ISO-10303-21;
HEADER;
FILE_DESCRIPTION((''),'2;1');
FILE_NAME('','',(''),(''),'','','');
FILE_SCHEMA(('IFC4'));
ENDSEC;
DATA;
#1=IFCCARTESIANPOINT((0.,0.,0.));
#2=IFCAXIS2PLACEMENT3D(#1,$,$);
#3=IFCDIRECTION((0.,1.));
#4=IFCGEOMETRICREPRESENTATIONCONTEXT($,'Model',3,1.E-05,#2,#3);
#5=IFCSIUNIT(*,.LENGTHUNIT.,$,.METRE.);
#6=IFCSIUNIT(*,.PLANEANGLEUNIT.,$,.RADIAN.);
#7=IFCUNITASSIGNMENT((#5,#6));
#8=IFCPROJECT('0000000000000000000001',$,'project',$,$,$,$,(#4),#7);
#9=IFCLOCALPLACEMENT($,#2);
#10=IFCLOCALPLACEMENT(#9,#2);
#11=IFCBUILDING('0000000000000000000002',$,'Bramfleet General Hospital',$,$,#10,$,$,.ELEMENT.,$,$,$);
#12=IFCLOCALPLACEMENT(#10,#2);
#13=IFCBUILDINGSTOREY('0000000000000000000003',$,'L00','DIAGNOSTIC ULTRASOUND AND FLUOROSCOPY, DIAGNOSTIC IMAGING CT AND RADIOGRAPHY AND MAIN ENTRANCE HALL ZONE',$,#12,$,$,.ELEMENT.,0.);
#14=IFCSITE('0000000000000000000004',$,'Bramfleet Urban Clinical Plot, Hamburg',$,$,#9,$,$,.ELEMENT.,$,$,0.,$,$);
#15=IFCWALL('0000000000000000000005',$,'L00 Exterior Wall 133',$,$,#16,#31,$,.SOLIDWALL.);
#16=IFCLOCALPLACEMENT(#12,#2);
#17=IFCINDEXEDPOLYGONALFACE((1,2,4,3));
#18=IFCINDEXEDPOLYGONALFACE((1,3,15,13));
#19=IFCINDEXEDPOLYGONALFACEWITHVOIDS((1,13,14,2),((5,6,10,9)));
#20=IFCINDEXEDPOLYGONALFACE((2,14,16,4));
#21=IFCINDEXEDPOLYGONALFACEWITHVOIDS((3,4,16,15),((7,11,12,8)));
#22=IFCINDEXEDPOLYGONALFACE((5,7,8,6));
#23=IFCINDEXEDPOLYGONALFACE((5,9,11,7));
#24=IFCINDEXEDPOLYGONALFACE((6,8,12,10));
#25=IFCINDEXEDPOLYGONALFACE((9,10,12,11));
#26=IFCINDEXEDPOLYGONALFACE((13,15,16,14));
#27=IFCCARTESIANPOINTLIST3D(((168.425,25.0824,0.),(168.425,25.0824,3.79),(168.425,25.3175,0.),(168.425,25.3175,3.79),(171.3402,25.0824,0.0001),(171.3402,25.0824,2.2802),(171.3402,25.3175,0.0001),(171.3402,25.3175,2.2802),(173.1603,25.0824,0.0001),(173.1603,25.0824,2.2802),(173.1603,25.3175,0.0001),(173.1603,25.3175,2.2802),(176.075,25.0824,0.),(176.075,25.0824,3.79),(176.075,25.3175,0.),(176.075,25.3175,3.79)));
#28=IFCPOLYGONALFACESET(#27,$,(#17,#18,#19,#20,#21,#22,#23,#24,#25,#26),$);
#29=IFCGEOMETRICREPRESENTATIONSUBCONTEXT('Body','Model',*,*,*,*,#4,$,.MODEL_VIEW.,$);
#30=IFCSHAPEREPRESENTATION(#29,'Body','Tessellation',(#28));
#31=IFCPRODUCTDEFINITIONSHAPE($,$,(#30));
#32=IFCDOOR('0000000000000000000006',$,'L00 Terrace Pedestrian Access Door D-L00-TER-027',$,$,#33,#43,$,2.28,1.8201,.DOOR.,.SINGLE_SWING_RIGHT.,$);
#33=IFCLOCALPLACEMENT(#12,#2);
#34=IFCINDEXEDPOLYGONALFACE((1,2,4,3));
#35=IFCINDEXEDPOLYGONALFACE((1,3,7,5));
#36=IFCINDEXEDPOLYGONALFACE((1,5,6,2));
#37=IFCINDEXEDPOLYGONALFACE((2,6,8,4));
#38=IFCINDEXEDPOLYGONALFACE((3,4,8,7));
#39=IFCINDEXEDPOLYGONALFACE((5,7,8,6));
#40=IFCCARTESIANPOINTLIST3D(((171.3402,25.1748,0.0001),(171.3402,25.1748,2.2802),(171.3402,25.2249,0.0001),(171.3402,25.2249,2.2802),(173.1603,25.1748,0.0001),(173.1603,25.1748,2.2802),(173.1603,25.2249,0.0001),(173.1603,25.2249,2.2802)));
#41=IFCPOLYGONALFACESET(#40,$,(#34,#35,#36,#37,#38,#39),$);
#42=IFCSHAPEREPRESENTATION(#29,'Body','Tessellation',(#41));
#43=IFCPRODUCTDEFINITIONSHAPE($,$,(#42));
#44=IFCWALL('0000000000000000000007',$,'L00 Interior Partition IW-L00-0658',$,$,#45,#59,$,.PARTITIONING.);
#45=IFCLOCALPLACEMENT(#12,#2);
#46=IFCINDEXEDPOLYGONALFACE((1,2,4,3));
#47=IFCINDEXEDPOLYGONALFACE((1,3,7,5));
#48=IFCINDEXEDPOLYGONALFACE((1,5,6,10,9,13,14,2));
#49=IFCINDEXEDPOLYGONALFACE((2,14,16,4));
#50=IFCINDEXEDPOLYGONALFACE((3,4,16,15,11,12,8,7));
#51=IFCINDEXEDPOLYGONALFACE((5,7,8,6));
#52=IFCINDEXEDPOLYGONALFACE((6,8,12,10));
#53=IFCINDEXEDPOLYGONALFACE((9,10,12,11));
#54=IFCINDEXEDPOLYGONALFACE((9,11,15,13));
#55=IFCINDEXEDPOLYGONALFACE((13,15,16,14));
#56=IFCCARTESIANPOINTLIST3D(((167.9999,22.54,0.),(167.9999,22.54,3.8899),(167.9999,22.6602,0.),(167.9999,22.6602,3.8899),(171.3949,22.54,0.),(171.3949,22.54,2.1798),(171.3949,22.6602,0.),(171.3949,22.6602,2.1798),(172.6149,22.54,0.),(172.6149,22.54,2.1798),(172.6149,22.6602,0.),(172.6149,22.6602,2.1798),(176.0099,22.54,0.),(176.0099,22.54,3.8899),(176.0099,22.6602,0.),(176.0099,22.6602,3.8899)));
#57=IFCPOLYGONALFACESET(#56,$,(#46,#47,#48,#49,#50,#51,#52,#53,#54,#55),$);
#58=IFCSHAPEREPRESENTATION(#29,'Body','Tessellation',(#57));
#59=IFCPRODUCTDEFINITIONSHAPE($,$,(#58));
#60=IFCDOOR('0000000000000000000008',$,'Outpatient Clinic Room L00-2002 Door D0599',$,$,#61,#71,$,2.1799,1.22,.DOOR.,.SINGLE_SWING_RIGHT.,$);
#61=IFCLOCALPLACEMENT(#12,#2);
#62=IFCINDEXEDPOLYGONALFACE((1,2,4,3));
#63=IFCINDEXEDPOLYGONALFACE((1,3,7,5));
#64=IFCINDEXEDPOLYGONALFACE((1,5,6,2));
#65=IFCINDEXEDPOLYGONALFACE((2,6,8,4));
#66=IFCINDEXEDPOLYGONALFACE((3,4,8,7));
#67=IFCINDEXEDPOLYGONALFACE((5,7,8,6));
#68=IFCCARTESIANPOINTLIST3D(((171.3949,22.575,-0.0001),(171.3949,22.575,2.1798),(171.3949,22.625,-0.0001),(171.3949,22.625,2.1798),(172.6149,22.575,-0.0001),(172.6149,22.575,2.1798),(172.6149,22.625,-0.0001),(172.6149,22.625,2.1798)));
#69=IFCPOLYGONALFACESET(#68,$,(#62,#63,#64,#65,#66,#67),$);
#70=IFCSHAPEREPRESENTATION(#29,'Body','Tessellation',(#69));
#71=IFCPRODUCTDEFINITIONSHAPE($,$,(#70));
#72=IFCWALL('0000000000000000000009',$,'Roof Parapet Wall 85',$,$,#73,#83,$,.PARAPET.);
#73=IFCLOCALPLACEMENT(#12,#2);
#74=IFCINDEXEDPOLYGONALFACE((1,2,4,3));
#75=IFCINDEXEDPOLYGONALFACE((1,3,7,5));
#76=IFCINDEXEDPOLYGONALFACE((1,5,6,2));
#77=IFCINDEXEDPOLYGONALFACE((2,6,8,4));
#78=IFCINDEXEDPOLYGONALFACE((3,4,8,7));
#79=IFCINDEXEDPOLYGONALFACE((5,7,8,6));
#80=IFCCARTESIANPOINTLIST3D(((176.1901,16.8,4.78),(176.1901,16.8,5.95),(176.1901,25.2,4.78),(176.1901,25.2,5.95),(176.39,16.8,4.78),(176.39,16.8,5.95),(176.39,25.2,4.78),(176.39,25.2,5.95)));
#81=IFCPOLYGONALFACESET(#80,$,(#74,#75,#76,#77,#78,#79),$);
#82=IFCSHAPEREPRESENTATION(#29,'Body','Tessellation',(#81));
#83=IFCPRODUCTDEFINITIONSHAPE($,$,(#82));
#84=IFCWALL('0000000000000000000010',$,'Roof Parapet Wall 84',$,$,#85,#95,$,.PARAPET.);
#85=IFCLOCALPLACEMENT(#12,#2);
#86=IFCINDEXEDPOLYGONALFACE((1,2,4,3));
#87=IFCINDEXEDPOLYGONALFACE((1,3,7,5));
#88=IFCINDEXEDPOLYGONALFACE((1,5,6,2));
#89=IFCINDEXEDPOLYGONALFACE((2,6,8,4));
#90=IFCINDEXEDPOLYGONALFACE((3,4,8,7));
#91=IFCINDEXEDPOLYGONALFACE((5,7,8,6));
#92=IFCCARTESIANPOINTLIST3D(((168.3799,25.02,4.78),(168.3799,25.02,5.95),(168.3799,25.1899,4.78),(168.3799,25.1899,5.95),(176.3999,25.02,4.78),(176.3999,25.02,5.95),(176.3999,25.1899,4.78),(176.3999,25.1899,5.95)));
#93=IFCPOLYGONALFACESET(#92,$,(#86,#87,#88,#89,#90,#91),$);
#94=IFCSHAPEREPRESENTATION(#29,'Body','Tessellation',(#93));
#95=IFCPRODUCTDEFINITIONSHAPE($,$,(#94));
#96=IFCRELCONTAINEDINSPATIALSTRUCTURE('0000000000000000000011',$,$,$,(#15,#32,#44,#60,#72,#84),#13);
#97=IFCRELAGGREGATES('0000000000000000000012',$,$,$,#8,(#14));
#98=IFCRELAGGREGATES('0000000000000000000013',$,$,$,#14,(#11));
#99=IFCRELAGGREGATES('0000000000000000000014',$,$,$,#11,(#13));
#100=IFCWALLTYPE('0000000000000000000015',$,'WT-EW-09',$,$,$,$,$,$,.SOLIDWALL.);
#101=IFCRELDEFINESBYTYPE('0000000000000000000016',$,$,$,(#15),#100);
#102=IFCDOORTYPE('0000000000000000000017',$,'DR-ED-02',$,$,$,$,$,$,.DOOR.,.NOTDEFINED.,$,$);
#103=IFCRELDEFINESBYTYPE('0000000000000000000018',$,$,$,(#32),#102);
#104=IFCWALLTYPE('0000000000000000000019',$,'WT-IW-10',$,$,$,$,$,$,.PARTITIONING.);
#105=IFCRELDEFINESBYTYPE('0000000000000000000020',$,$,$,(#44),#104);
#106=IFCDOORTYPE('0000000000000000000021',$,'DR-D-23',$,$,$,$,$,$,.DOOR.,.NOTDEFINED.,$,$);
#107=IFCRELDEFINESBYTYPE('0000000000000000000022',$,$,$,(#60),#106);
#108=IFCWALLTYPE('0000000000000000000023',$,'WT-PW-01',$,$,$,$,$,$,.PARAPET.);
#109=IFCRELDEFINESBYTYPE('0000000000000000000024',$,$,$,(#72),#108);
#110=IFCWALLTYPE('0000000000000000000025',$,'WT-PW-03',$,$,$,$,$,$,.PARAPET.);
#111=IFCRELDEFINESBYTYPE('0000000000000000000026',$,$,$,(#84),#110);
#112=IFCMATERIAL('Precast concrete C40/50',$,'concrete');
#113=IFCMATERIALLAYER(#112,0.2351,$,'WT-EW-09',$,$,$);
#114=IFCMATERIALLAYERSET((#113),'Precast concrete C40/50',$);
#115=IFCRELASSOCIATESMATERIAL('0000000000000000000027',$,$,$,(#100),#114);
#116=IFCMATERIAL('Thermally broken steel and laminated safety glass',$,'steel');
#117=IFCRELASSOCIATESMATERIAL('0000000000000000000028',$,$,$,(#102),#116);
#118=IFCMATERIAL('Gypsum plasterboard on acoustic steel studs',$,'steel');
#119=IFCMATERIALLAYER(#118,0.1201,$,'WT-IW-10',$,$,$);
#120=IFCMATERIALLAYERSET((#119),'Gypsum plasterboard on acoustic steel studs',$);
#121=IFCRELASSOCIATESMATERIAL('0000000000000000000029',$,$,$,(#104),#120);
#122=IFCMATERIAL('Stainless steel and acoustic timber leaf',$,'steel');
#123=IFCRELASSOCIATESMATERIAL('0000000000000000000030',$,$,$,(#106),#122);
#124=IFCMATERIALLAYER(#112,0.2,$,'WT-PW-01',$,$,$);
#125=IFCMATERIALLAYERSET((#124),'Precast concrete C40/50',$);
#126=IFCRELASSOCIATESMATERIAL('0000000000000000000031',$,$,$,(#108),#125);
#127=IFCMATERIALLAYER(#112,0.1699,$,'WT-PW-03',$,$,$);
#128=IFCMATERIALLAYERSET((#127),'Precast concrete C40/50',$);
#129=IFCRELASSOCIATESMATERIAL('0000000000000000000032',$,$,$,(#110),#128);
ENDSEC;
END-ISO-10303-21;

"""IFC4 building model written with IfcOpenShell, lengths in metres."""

from ifc_helpers import new_model, si_unit, direction, frame, frame_2d, origin, place, context, subcontext, project, spatial, rectangle, extrude, material, layer, layer_set, type_object, element, fill, save


model = new_model("IFC4")

# Units and contexts
model_context = context("Model", 3, precision=1e-05, world=origin(), true_north=direction((0.0, 1.0)))
body_context = subcontext(model_context, "Body", "Model", "MODEL_VIEW")
ifc_project = project(units=[si_unit("LENGTHUNIT", "METRE"), si_unit("PLANEANGLEUNIT", "RADIAN")], contexts=[model_context])

# Site, building, storey
site_placement = place(None, origin())
site = spatial("IfcSite", under=ifc_project, at=site_placement, Name="Bramfleet Urban Clinical Plot, Hamburg", CompositionType="ELEMENT", RefElevation=0.0)
building_placement = place(site_placement, origin())
building = spatial("IfcBuilding", under=site, at=building_placement, Name="Bramfleet General Hospital", CompositionType="ELEMENT")
storey_placement = place(building_placement, origin())
storey = spatial("IfcBuildingStorey", under=building, at=storey_placement, Name="L00", Description="DIAGNOSTIC ULTRASOUND AND FLUOROSCOPY, DIAGNOSTIC IMAGING CT AND RADIOGRAPHY AND MAIN ENTRANCE HALL ZONE", CompositionType="ELEMENT", Elevation=0.0)

# Walls, openings, doors
ifc_material_1 = material(Name="Precast concrete C40/50", Category="concrete")
ifc_layer_1 = layer(ifc_material_1, 0.2351, Name="WT-EW-09")
ifc_layer_set_1 = layer_set([ifc_layer_1], Name="Precast concrete C40/50")
wall_type_1 = type_object("IfcWallType", Name="WT-EW-09", PredefinedType="SOLIDWALL", material=ifc_layer_set_1)
wall_1_placement = place(storey_placement, frame((168.425, 25.2, 0.0), z_axis=(0.0, 0.0, 1.0), x_axis=(1.0, 0.0, 0.0)))
wall_1 = element("IfcWall", 1, at=wall_1_placement, inside=storey, type_object=wall_type_1, Name="L00 Exterior Wall 133", PredefinedType="SOLIDWALL", context=body_context, shape_type="SweptSolid", body=[
    extrude(rectangle(XDim=7.6499, YDim=0.2351, at=frame_2d((3.825, 0.0))), origin(), (0.0, 0.0, 1.0), 3.79),
])
opening_1_placement = place(wall_1_placement, frame((2.915, 0.0, 0.0)))
opening_1 = element("IfcOpeningElement", 2, at=opening_1_placement, cuts=wall_1, PredefinedType="OPENING", context=body_context, shape_type="SweptSolid", body=[
    extrude(rectangle(XDim=1.8201, YDim=2.28, at=frame_2d((0.9102, 1.1401))), frame((0.0, 0.1274, 0.0), z_axis=(0.0, -1.0, 0.0), x_axis=(1.0, 0.0, 0.0)), (0.0, 0.0, 1.0), 0.2551),
])
ifc_material_2 = material(Name="Thermally broken steel and laminated safety glass", Category="steel")
door_type_1 = type_object("IfcDoorType", Name="DR-ED-02", OperationType="NOTDEFINED", PredefinedType="DOOR", material=ifc_material_2)
door_1_placement = place(opening_1_placement, origin())
door_1 = element("IfcDoor", 3, at=door_1_placement, inside=storey, type_object=door_type_1, Name="L00 Terrace Pedestrian Access Door D-L00-TER-027", OperationType="SINGLE_SWING_RIGHT", OverallHeight=2.28, OverallWidth=1.8201, PredefinedType="DOOR", context=body_context, shape_type="SweptSolid", body=[
    extrude(rectangle(XDim=1.8201, YDim=2.28, at=frame_2d((0.9102, 1.1401))), frame((0.0, 0.0249, 0.0), z_axis=(0.0, -1.0, 0.0), x_axis=(1.0, 0.0, 0.0)), (0.0, 0.0, 1.0), 0.05),
])
fill(opening_1, door_1)
ifc_material_3 = material(Name="Gypsum plasterboard on acoustic steel studs", Category="steel")
ifc_layer_2 = layer(ifc_material_3, 0.1201, Name="WT-IW-10")
ifc_layer_set_2 = layer_set([ifc_layer_2], Name="Gypsum plasterboard on acoustic steel studs")
wall_type_2 = type_object("IfcWallType", Name="WT-IW-10", PredefinedType="PARTITIONING", material=ifc_layer_set_2)
wall_2_placement = place(storey_placement, frame((168.0, 22.6001, 0.0), z_axis=(0.0, 0.0, 1.0), x_axis=(1.0, 0.0, 0.0)))
wall_2 = element("IfcWall", 4, at=wall_2_placement, inside=storey, type_object=wall_type_2, Name="L00 Interior Partition IW-L00-0658", PredefinedType="PARTITIONING", context=body_context, shape_type="SweptSolid", body=[
    extrude(rectangle(XDim=8.01, YDim=0.1201, at=frame_2d((4.0049, 0.0))), origin(), (0.0, 0.0, 1.0), 3.8899),
])
opening_2_placement = place(wall_2_placement, frame((3.395, 0.0, 0.0)))
opening_2 = element("IfcOpeningElement", 5, at=opening_2_placement, cuts=wall_2, PredefinedType="OPENING", context=body_context, shape_type="SweptSolid", body=[
    extrude(rectangle(XDim=1.22, YDim=2.1799, at=frame_2d((0.6099, 1.0898))), frame((0.0, 0.0701, 0.0), z_axis=(0.0, -1.0, 0.0), x_axis=(1.0, 0.0, 0.0)), (0.0, 0.0, 1.0), 0.1401),
])
ifc_material_4 = material(Name="Stainless steel and acoustic timber leaf", Category="steel")
door_type_2 = type_object("IfcDoorType", Name="DR-D-23", OperationType="NOTDEFINED", PredefinedType="DOOR", material=ifc_material_4)
door_2_placement = place(opening_2_placement, origin())
door_2 = element("IfcDoor", 6, at=door_2_placement, inside=storey, type_object=door_type_2, Name="Outpatient Clinic Room L00-2002 Door D0599", OperationType="SINGLE_SWING_RIGHT", OverallHeight=2.1799, OverallWidth=1.22, PredefinedType="DOOR", context=body_context, shape_type="SweptSolid", body=[
    extrude(rectangle(XDim=1.22, YDim=2.1799, at=frame_2d((0.6099, 1.0898))), frame((0.0, 0.0249, 0.0), z_axis=(0.0, -1.0, 0.0), x_axis=(1.0, 0.0, 0.0)), (0.0, 0.0, 1.0), 0.05),
])
fill(opening_2, door_2)

# Walls
ifc_layer_3 = layer(ifc_material_1, 0.2, Name="WT-PW-01")
ifc_layer_set_3 = layer_set([ifc_layer_3], Name="Precast concrete C40/50")
wall_type_3 = type_object("IfcWallType", Name="WT-PW-01", PredefinedType="PARAPET", material=ifc_layer_set_3)
wall_3_placement = place(storey_placement, frame((176.29, 25.2, 4.78), z_axis=(0.0, 0.0, 1.0), x_axis=(0.0, -1.0, 0.0)))
element("IfcWall", 7, at=wall_3_placement, inside=storey, type_object=wall_type_3, Name="Roof Parapet Wall 85", PredefinedType="PARAPET", context=body_context, shape_type="SweptSolid", body=[
    extrude(rectangle(XDim=8.3999, YDim=0.2, at=frame_2d((4.2, 0.0))), origin(), (0.0, 0.0, 1.0), 1.1699),
])
ifc_layer_4 = layer(ifc_material_1, 0.1699, Name="WT-PW-03")
ifc_layer_set_4 = layer_set([ifc_layer_4], Name="Precast concrete C40/50")
wall_type_4 = type_object("IfcWallType", Name="WT-PW-03", PredefinedType="PARAPET", material=ifc_layer_set_4)
wall_4_placement = place(storey_placement, frame((168.3799, 25.105, 4.78), z_axis=(0.0, 0.0, 1.0), x_axis=(1.0, 0.0, 0.0)))
element("IfcWall", 8, at=wall_4_placement, inside=storey, type_object=wall_type_4, Name="Roof Parapet Wall 84", PredefinedType="PARAPET", context=body_context, shape_type="SweptSolid", body=[
    extrude(rectangle(XDim=8.02, YDim=0.1699, at=frame_2d((4.01, 0.0))), origin(), (0.0, 0.0, 1.0), 1.1699),
])

save(model, "model.ifc")
